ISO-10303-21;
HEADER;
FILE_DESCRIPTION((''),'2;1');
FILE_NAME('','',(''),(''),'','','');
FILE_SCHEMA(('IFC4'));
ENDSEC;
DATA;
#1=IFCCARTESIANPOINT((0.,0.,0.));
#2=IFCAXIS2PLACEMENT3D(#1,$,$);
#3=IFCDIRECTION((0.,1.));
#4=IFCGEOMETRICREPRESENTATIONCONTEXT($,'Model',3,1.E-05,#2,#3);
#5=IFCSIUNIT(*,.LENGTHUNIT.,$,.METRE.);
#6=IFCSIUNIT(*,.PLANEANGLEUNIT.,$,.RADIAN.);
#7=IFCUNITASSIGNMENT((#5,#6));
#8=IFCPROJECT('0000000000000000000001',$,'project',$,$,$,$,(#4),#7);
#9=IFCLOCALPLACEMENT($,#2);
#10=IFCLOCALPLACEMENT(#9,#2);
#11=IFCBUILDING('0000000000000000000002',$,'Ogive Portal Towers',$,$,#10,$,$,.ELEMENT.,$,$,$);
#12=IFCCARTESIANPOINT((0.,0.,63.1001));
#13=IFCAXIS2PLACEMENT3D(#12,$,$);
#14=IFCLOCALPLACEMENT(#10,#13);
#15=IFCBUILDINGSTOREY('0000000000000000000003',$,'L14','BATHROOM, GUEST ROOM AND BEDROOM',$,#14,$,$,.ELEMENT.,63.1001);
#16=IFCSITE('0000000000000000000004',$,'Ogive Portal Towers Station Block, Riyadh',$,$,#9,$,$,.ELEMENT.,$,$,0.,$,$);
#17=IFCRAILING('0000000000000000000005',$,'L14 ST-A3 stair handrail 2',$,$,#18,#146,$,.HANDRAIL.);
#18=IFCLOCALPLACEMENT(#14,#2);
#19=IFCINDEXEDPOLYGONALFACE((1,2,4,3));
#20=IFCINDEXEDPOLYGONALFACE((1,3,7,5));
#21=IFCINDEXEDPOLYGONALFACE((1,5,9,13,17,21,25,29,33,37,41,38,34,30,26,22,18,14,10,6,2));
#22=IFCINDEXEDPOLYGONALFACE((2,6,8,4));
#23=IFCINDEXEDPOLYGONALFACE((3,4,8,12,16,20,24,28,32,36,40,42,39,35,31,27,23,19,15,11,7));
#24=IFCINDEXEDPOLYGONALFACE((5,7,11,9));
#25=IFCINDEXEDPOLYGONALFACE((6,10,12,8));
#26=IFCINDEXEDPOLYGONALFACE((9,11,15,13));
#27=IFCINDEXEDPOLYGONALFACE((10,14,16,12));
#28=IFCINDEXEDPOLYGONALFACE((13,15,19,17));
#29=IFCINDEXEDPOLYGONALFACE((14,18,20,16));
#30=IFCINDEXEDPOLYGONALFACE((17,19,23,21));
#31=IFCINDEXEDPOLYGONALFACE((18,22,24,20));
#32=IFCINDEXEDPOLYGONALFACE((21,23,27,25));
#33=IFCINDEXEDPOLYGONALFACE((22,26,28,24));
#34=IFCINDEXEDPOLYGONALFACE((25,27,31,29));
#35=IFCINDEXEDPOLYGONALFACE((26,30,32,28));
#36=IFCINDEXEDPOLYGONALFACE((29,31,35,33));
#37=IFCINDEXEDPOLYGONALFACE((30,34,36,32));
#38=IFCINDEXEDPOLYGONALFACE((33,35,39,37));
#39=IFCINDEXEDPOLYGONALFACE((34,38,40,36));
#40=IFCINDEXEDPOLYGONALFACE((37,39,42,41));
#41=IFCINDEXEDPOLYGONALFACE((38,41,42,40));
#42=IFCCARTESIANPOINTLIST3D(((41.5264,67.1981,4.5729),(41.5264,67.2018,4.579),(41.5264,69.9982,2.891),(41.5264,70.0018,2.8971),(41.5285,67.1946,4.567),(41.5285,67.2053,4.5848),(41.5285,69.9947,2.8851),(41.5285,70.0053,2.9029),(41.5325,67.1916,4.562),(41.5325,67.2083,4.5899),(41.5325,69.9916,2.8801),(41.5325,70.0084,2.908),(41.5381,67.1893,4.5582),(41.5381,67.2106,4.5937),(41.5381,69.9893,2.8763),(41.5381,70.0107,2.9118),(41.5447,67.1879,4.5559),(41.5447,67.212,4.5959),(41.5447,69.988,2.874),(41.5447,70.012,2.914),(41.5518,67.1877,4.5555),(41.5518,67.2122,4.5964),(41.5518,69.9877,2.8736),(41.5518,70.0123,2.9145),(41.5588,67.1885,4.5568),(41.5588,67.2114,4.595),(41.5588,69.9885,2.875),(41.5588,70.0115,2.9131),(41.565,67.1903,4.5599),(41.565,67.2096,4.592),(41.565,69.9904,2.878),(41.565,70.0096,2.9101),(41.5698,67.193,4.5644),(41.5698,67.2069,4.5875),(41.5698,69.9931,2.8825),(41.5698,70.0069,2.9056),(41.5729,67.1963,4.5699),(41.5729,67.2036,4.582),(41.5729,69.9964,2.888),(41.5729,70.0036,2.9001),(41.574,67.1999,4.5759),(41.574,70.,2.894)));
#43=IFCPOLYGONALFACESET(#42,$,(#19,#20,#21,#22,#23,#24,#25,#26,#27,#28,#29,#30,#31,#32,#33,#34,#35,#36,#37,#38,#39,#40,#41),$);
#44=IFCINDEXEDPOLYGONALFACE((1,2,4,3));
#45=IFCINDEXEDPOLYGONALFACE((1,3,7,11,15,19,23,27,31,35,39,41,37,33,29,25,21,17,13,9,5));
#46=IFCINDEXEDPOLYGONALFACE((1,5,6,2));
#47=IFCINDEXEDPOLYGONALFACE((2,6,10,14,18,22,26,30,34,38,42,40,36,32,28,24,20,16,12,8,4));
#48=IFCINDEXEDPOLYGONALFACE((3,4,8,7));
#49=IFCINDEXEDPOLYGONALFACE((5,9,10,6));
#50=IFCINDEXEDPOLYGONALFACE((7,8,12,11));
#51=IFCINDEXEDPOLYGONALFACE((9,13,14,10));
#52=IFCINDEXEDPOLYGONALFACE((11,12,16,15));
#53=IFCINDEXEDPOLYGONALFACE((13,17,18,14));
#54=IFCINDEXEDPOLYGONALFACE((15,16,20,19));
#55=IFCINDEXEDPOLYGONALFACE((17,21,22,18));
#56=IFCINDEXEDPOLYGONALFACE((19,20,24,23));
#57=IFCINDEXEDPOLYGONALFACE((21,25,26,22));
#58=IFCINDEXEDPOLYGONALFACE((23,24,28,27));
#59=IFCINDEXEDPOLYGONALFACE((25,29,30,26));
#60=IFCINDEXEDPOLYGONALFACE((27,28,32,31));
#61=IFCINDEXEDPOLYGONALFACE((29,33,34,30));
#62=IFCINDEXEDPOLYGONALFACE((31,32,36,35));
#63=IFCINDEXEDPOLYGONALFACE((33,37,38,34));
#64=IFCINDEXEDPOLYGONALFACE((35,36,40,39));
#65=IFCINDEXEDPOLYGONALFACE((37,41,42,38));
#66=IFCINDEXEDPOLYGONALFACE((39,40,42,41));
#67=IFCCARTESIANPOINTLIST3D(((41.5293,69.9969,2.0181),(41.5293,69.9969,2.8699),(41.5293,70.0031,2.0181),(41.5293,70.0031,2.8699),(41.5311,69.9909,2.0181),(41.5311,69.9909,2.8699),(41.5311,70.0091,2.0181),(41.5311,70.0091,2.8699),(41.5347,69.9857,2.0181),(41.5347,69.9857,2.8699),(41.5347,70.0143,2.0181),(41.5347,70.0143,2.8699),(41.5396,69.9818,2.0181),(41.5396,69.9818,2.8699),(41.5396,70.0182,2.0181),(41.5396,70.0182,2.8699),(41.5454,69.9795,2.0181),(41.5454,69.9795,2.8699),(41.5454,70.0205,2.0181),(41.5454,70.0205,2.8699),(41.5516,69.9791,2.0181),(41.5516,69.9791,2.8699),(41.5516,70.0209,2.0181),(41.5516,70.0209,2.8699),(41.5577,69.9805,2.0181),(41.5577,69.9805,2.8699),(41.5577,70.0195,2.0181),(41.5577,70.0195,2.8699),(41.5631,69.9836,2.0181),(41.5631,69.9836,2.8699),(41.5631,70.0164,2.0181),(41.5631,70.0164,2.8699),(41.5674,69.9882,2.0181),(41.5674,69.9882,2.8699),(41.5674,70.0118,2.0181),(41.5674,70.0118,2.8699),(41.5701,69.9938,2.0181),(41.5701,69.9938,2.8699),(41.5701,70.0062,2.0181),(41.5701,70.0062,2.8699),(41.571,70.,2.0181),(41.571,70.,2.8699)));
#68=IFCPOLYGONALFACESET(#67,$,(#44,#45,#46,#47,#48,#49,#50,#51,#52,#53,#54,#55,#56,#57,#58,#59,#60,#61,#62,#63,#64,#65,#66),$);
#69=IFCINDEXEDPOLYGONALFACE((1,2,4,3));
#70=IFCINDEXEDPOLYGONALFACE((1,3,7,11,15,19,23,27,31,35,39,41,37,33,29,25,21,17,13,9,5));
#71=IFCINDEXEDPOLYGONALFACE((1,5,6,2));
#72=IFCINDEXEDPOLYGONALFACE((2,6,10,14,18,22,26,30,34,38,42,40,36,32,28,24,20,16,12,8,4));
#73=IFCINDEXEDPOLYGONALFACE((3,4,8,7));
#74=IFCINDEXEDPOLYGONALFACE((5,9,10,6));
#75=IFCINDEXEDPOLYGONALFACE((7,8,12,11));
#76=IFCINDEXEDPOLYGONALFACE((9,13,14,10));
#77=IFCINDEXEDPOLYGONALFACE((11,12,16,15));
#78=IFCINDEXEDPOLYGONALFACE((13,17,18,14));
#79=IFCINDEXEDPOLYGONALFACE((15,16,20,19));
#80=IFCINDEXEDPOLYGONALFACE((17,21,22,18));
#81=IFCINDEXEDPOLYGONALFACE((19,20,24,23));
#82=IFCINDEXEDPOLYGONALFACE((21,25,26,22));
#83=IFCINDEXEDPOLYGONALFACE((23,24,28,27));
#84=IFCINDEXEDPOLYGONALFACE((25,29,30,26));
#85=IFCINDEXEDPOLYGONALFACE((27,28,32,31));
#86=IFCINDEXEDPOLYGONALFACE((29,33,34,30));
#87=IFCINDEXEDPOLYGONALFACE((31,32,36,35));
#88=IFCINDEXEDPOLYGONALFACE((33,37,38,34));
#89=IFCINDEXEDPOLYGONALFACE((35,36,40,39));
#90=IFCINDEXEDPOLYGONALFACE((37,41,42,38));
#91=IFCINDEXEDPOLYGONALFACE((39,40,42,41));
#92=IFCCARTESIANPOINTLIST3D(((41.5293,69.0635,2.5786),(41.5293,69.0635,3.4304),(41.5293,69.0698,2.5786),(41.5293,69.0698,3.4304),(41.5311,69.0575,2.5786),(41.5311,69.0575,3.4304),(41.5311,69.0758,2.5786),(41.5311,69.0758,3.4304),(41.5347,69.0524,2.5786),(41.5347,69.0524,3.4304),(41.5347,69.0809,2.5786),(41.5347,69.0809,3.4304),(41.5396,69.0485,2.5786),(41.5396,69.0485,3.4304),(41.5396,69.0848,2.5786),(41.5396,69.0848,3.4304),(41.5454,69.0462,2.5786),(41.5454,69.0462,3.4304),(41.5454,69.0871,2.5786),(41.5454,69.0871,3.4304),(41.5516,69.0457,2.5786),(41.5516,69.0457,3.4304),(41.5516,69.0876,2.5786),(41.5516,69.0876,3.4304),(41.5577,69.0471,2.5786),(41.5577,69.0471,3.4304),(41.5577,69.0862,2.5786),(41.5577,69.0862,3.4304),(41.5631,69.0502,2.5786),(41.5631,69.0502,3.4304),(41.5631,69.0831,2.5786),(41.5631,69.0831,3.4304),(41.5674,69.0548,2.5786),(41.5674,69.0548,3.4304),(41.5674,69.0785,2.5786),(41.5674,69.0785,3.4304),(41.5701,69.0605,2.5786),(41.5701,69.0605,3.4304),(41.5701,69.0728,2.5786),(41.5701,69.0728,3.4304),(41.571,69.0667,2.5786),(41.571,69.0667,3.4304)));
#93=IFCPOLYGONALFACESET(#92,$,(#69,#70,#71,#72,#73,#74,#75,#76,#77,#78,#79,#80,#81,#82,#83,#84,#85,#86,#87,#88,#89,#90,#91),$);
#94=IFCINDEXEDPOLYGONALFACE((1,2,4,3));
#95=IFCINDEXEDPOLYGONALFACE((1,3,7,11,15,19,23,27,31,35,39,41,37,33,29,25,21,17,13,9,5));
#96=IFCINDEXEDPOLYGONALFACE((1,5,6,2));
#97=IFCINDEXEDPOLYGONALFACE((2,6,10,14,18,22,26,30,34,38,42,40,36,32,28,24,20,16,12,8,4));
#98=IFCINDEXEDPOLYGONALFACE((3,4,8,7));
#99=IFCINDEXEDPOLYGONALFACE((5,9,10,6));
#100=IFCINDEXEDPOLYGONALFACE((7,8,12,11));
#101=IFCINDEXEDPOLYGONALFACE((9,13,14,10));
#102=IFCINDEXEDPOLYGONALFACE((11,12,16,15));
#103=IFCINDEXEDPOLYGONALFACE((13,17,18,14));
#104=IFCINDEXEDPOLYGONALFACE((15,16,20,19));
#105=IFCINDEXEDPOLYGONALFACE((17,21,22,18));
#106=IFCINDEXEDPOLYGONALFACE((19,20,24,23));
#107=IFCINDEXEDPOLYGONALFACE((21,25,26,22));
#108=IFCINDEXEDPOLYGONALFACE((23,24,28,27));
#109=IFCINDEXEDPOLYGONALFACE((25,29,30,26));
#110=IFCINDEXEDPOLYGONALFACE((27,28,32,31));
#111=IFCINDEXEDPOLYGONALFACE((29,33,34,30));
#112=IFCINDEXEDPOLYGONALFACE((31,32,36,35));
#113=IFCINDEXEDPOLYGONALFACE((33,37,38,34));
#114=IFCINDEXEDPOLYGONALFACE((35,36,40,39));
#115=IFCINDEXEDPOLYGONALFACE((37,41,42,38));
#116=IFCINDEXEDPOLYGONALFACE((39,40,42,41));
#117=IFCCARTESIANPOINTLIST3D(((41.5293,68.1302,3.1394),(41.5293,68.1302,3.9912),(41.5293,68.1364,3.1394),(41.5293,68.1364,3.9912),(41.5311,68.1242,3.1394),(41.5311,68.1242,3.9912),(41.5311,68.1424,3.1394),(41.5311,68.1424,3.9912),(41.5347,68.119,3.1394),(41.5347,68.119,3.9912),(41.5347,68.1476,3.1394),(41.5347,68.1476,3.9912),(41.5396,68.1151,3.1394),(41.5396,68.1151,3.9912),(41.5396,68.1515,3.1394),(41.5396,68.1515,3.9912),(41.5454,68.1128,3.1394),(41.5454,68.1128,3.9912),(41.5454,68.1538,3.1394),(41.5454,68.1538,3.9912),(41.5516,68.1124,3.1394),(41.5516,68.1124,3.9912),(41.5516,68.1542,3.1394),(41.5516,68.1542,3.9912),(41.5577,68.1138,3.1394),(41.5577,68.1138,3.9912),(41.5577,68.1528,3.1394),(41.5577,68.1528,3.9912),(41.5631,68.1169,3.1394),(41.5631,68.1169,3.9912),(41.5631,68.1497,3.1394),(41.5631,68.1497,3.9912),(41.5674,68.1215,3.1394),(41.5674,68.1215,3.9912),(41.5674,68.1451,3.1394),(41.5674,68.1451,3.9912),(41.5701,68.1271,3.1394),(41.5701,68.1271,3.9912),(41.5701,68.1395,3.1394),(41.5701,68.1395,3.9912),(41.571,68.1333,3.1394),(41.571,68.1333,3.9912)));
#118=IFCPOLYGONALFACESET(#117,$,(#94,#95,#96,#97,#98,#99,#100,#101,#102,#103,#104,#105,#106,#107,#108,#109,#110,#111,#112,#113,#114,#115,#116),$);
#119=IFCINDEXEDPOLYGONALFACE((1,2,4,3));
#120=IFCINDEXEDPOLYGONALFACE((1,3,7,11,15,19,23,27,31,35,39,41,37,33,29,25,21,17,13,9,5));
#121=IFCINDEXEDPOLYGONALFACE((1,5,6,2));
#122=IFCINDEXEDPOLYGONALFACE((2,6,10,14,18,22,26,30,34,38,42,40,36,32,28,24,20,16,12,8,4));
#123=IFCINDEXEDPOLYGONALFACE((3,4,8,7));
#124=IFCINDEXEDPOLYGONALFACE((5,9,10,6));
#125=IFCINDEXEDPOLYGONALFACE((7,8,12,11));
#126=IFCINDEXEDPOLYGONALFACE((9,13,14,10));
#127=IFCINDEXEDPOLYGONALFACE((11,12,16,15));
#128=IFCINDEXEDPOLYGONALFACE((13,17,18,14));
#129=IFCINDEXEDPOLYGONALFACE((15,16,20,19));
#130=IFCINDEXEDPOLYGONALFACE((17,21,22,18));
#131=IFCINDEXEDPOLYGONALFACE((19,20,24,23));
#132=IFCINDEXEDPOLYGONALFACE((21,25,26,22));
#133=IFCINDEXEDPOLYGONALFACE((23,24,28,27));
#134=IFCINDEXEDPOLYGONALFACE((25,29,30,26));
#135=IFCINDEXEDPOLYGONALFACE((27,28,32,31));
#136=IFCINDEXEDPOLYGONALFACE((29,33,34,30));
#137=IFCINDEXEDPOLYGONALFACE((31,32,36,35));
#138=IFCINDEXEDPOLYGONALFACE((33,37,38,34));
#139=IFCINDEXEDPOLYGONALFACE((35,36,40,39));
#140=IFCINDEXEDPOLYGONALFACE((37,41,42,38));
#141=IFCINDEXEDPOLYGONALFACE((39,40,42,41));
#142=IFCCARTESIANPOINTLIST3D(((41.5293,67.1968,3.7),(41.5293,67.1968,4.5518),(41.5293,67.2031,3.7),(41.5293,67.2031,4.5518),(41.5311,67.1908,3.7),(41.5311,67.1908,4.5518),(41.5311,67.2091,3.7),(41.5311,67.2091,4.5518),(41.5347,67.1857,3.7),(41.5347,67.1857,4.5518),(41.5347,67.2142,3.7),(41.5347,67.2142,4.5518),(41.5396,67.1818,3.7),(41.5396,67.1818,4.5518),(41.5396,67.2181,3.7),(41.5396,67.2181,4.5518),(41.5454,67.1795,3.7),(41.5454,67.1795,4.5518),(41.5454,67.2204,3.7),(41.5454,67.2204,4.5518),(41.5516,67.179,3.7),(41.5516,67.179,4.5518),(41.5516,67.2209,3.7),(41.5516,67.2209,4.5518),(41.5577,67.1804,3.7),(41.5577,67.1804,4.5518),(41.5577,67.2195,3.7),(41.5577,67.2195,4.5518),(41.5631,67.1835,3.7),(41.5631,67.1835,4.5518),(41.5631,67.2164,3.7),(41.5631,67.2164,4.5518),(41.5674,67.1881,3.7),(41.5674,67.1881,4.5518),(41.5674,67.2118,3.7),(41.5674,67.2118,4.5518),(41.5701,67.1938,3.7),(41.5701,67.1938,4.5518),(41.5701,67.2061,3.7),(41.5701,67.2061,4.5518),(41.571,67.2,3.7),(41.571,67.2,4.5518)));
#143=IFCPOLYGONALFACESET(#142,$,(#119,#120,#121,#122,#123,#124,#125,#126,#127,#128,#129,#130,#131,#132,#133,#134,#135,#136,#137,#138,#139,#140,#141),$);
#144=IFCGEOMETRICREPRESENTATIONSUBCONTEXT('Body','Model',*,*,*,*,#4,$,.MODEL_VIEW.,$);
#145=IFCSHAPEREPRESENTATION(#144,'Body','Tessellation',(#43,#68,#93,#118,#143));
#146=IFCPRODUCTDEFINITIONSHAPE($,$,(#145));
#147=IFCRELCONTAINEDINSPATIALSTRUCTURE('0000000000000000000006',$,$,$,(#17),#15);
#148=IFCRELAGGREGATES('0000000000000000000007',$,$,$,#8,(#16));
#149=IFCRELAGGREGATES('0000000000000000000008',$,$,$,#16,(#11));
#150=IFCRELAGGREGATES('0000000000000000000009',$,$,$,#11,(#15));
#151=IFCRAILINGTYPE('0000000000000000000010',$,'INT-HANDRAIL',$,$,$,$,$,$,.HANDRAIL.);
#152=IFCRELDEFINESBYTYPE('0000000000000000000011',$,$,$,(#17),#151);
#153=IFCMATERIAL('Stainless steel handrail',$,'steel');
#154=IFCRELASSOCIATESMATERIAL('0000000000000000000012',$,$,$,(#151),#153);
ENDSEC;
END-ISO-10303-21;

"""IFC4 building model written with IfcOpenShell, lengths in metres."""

from ifc_helpers import new_model, si_unit, direction, frame, origin, origin_2d, place, context, subcontext, project, spatial, circle, extrude, material, type_object, element, save


model = new_model("IFC4")

# Units and contexts
model_context = context("Model", 3, precision=1e-05, world=origin(), true_north=direction((0.0, 1.0)))
body_context = subcontext(model_context, "Body", "Model", "MODEL_VIEW")
ifc_project = project(units=[si_unit("LENGTHUNIT", "METRE"), si_unit("PLANEANGLEUNIT", "RADIAN")], contexts=[model_context])

# Site, building, storey
site_placement = place(None, origin())
site = spatial("IfcSite", under=ifc_project, at=site_placement, Name="Ogive Portal Towers Station Block, Riyadh", CompositionType="ELEMENT", RefElevation=0.0)
building_placement = place(site_placement, origin())
building = spatial("IfcBuilding", under=site, at=building_placement, Name="Ogive Portal Towers", CompositionType="ELEMENT")
storey_placement = place(building_placement, frame((0.0, 0.0, 63.1001)))
storey = spatial("IfcBuildingStorey", under=building, at=storey_placement, Name="L14", Description="BATHROOM, GUEST ROOM AND BEDROOM", CompositionType="ELEMENT", Elevation=63.1001)

# Railing
ifc_material_1 = material(Name="Stainless steel handrail", Category="steel")
railing_type_1 = type_object("IfcRailingType", Name="INT-HANDRAIL", PredefinedType="HANDRAIL", material=ifc_material_1)
railing_1_placement = place(storey_placement, frame((41.55, 70.0, 2.0181)))
element("IfcRailing", 1, at=railing_1_placement, inside=storey, type_object=railing_type_1, Name="L14 ST-A3 stair handrail 2", PredefinedType="HANDRAIL", context=body_context, shape_type="SweptSolid", body=[
    extrude(circle(Radius=0.0239, at=origin_2d()), frame((0.0, 0.0, 0.876), z_axis=(0.0, -0.857242, 0.514913), x_axis=(1.0, 0.0, 0.0)), (0.0, 0.0, 1.0), 3.2664),
    extrude(circle(Radius=0.021, at=origin_2d()), origin(), (0.0, 0.0, 1.0), 0.8518),
    extrude(circle(Radius=0.021, at=origin_2d()), frame((0.0, -0.9333, 0.5605)), (0.0, 0.0, 1.0), 0.8518),
    extrude(circle(Radius=0.021, at=origin_2d()), frame((0.0, -1.8667, 1.1213)), (0.0, 0.0, 1.0), 0.8518),
    extrude(circle(Radius=0.021, at=origin_2d()), frame((0.0, -2.8, 1.6819)), (0.0, 0.0, 1.0), 0.8518),
])

save(model, "model.ifc")
